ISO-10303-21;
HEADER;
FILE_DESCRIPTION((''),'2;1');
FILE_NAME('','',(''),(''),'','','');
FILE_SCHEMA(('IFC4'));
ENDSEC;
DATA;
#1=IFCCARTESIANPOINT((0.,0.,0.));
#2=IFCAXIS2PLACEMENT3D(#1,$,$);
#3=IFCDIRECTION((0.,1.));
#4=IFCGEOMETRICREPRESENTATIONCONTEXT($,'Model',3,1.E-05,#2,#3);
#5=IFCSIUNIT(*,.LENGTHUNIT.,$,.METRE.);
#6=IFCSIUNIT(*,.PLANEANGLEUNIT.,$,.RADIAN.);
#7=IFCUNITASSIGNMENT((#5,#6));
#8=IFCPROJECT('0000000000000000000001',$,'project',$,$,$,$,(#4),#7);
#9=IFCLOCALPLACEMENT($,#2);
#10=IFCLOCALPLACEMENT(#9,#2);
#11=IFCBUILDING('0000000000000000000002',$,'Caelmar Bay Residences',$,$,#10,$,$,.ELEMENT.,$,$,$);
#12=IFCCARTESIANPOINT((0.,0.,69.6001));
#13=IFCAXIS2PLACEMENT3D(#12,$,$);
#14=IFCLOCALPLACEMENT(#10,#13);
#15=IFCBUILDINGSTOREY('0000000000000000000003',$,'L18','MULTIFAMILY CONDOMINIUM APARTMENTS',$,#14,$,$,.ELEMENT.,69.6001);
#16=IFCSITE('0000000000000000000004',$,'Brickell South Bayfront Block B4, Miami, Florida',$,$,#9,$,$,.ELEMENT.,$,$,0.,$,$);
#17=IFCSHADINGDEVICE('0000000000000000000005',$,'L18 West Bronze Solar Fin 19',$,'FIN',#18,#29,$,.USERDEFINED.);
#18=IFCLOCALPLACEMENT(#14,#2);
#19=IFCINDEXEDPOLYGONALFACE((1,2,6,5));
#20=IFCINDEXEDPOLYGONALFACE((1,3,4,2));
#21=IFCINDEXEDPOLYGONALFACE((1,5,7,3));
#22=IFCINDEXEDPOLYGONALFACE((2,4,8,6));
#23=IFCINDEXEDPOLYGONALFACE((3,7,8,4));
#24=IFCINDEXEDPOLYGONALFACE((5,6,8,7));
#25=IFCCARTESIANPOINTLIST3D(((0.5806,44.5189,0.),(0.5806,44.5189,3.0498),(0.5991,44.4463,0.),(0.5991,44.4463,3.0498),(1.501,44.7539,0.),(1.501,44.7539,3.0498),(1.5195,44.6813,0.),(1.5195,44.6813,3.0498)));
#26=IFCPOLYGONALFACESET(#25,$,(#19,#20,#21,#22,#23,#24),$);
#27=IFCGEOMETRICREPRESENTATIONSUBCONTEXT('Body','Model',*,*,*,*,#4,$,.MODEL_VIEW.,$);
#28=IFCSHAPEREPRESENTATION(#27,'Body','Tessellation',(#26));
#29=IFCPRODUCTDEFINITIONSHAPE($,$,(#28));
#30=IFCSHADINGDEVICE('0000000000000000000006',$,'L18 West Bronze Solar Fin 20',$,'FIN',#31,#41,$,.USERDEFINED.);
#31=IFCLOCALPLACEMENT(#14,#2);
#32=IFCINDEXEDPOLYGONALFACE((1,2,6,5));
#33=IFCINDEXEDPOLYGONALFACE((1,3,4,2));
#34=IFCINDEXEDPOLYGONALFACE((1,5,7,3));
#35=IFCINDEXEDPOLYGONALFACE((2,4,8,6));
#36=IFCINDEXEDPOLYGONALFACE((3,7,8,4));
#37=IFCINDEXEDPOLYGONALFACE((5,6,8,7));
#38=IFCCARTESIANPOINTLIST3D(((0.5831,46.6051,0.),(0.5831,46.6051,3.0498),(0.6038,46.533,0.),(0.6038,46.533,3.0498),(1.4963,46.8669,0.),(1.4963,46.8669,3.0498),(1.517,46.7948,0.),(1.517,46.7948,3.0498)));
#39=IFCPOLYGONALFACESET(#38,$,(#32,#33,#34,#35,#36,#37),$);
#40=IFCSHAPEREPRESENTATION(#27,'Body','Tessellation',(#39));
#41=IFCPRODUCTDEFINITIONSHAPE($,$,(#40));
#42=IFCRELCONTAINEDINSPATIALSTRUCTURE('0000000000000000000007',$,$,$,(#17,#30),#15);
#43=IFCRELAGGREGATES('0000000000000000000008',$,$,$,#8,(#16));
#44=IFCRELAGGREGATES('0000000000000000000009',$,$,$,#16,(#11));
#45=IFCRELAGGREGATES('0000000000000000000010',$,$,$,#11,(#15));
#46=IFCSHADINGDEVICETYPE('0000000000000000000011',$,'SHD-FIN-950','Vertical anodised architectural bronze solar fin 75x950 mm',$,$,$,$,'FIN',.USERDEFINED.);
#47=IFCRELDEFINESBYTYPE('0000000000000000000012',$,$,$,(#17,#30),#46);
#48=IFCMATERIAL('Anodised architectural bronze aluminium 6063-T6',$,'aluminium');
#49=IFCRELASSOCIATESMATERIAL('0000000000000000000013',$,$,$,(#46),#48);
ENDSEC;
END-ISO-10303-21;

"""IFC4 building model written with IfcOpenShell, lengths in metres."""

from ifc_helpers import new_model, si_unit, direction, frame, origin, origin_2d, place, context, subcontext, project, spatial, rectangle, extrude, material, material_profile, profile_set, type_object, element, save


model = new_model("IFC4")

# Units and contexts
model_context = context("Model", 3, precision=1e-05, world=origin(), true_north=direction((0.0, 1.0)))
body_context = subcontext(model_context, "Body", "Model", "MODEL_VIEW")
ifc_project = project(units=[si_unit("LENGTHUNIT", "METRE"), si_unit("PLANEANGLEUNIT", "RADIAN")], contexts=[model_context])

# Site, building, storey
site_placement = place(None, origin())
site = spatial("IfcSite", under=ifc_project, at=site_placement, Name="Brickell South Bayfront Block B4, Miami, Florida", CompositionType="ELEMENT", RefElevation=0.0)
building_placement = place(site_placement, origin())
building = spatial("IfcBuilding", under=site, at=building_placement, Name="Caelmar Bay Residences", CompositionType="ELEMENT")
storey_placement = place(building_placement, frame((0.0, 0.0, 69.6001)))
storey = spatial("IfcBuildingStorey", under=building, at=storey_placement, Name="L18", Description="MULTIFAMILY CONDOMINIUM APARTMENTS", CompositionType="ELEMENT", Elevation=69.6001)

# Shading devices
ifc_material_1 = material(Name="Anodised architectural bronze aluminium 6063-T6", Category="aluminium")
ifc_material_profile_1 = material_profile(ifc_material_1, rectangle(XDim=0.075, YDim=0.95, at=origin_2d()), Name="BRONZE-FIN-75X950")
ifc_profile_set_1 = profile_set([ifc_material_profile_1], Name="Anodised architectural bronze aluminium 6063-T6")
shading_device_type = type_object("IfcShadingDeviceType", Name="SHD-FIN-950", Description="Vertical anodised architectural bronze solar fin 75x950 mm", ElementType="FIN", PredefinedType="USERDEFINED", material=ifc_profile_set_1)
for number, where, z_axis, x_axis, name in (
    (1, (1.05, 44.6001, 0.0), (0.0, 0.0, 1.0), (-0.247337, 0.968929, 0.0), "L18 West Bronze Solar Fin 19"),
    (2, (1.05, 46.7, 0.0), (0.0, 0.0, 1.0), (-0.275637, 0.961262, 0.0), "L18 West Bronze Solar Fin 20"),
):
    element("IfcShadingDevice", number, at=place(storey_placement, frame(where, z_axis=z_axis, x_axis=x_axis)), inside=storey, type_object=shading_device_type, Name=name, ObjectType="FIN", PredefinedType="USERDEFINED", context=body_context, shape_type="SweptSolid", body=[
        extrude(rectangle(XDim=0.075, YDim=0.95, at=origin_2d()), origin(), (0.0, 0.0, 1.0), 3.0498),
    ])

save(model, "model.ifc")
